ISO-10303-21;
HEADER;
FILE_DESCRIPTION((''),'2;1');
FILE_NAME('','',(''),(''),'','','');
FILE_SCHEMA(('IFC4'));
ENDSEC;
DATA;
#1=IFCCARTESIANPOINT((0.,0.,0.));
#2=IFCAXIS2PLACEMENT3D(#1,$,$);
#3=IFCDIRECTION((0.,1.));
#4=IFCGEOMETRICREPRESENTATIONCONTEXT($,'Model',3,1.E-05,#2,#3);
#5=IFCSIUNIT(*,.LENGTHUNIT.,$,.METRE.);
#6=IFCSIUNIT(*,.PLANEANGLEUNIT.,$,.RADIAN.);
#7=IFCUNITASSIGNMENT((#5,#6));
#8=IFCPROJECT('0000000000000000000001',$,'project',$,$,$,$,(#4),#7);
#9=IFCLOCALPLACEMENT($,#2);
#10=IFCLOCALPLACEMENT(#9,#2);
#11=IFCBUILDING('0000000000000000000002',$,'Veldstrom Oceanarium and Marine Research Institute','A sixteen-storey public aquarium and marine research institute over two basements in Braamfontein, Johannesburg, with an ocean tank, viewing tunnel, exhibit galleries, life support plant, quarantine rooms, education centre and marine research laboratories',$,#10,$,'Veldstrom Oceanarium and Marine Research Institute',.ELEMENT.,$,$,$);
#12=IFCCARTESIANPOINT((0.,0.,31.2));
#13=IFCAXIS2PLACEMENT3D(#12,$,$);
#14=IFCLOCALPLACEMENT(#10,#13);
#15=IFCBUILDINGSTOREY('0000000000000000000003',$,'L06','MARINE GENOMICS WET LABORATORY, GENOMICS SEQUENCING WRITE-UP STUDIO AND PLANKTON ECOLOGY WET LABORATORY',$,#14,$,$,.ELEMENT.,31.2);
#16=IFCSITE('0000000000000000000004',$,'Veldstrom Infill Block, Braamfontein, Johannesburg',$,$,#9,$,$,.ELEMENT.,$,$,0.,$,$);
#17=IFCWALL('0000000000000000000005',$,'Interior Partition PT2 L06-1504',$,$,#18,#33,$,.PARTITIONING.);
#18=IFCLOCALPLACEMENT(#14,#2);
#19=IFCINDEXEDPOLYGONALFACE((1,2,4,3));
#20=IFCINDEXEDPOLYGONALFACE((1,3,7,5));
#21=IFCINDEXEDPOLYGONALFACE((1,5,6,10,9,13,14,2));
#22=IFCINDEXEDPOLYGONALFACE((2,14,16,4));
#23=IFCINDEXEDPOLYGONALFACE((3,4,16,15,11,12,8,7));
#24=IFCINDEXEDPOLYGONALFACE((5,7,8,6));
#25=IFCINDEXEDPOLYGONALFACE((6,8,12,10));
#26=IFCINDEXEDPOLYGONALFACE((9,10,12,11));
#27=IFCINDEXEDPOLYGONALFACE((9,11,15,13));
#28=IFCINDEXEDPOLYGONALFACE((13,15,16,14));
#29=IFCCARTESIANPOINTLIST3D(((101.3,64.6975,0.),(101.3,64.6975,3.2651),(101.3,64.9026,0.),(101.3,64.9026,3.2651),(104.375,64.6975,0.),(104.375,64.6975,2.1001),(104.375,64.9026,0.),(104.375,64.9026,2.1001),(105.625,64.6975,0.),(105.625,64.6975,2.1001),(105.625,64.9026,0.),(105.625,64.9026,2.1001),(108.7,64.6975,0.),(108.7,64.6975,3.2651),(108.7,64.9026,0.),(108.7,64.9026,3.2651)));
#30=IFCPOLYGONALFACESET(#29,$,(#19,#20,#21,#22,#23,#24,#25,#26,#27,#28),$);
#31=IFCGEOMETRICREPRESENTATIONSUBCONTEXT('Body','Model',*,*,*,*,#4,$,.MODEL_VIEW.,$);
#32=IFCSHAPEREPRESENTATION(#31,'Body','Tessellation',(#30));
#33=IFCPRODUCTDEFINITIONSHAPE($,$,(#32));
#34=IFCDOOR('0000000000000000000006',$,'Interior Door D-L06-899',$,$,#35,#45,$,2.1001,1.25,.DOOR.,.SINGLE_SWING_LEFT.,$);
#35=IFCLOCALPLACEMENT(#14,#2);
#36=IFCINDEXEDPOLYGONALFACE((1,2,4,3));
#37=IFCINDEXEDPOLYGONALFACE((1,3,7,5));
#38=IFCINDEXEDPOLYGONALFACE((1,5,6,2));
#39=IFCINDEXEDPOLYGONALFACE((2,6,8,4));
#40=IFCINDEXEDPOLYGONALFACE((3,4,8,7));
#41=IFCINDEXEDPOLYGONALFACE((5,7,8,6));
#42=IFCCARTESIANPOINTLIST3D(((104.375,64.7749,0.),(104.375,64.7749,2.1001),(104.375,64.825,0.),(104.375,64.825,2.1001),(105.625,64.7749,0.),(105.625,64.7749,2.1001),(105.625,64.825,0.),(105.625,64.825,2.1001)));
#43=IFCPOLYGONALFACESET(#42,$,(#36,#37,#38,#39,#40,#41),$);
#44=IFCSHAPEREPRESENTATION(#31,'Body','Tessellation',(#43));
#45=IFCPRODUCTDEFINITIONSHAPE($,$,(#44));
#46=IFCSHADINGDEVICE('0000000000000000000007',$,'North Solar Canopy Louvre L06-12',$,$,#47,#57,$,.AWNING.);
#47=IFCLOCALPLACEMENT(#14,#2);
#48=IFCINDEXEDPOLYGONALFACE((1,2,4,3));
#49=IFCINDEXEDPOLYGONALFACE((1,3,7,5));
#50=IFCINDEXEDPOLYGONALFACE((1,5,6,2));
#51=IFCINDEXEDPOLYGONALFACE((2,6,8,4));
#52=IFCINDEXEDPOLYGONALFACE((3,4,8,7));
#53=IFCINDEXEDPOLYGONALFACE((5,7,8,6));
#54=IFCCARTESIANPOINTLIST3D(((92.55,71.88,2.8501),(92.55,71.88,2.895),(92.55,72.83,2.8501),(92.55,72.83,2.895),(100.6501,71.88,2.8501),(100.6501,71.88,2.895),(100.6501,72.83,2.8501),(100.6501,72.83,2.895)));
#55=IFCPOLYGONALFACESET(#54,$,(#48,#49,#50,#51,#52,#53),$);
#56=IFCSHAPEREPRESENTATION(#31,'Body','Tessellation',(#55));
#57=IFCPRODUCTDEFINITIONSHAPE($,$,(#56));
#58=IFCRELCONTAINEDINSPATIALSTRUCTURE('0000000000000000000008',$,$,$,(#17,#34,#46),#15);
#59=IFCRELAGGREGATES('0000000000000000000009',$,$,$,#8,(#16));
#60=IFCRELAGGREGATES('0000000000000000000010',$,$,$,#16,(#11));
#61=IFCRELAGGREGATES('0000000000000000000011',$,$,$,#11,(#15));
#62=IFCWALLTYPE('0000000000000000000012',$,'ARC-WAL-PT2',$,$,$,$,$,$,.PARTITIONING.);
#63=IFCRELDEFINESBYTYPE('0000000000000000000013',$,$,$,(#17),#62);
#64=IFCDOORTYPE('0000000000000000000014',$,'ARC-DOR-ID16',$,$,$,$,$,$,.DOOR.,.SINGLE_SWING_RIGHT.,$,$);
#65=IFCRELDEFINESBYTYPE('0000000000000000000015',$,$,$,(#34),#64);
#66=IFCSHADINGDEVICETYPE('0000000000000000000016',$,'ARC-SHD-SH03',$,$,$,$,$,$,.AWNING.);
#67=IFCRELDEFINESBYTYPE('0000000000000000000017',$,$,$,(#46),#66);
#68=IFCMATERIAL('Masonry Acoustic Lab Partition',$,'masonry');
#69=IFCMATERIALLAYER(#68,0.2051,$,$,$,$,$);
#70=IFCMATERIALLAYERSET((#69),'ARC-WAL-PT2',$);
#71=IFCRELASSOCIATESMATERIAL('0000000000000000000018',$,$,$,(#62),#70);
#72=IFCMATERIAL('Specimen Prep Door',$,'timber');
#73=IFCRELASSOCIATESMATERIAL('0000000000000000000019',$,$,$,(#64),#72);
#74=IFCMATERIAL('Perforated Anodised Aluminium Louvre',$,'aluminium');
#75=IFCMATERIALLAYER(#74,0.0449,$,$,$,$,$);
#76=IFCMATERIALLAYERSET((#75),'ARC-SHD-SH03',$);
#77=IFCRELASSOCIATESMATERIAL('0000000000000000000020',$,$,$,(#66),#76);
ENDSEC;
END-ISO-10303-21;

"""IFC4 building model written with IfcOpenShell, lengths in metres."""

from ifc_helpers import new_model, si_unit, direction, frame, frame_2d, origin, origin_2d, place, context, subcontext, project, spatial, rectangle, extrude, material, layer, layer_set, type_object, element, fill, save


model = new_model("IFC4")

# Units and contexts
model_context = context("Model", 3, precision=1e-05, world=origin(), true_north=direction((0.0, 1.0)))
body_context = subcontext(model_context, "Body", "Model", "MODEL_VIEW")
ifc_project = project(units=[si_unit("LENGTHUNIT", "METRE"), si_unit("PLANEANGLEUNIT", "RADIAN")], contexts=[model_context])

# Site, building, storey
site_placement = place(None, origin())
site = spatial("IfcSite", under=ifc_project, at=site_placement, Name="Veldstrom Infill Block, Braamfontein, Johannesburg", CompositionType="ELEMENT", RefElevation=0.0)
building_placement = place(site_placement, origin())
building = spatial("IfcBuilding", under=site, at=building_placement, Name="Veldstrom Oceanarium and Marine Research Institute", Description="A sixteen-storey public aquarium and marine research institute over two basements in Braamfontein, Johannesburg, with an ocean tank, viewing tunnel, exhibit galleries, life support plant, quarantine rooms, education centre and marine research laboratories", LongName="Veldstrom Oceanarium and Marine Research Institute", CompositionType="ELEMENT")
storey_placement = place(building_placement, frame((0.0, 0.0, 31.2)))
storey = spatial("IfcBuildingStorey", under=building, at=storey_placement, Name="L06", Description="MARINE GENOMICS WET LABORATORY, GENOMICS SEQUENCING WRITE-UP STUDIO AND PLANKTON ECOLOGY WET LABORATORY", CompositionType="ELEMENT", Elevation=31.2)

# Wall, opening, door
ifc_material_1 = material(Name="Masonry Acoustic Lab Partition", Category="masonry")
ifc_layer_1 = layer(ifc_material_1, 0.2051)
ifc_layer_set_1 = layer_set([ifc_layer_1], Name="ARC-WAL-PT2")
wall_type = type_object("IfcWallType", Name="ARC-WAL-PT2", PredefinedType="PARTITIONING", material=ifc_layer_set_1)
wall_1_placement = place(storey_placement, frame((101.3, 64.8, 0.0), z_axis=(0.0, 0.0, 1.0), x_axis=(1.0, 0.0, 0.0)))
wall_1 = element("IfcWall", 1, at=wall_1_placement, inside=storey, type_object=wall_type, Name="Interior Partition PT2 L06-1504", PredefinedType="PARTITIONING", context=body_context, shape_type="SweptSolid", body=[
    extrude(rectangle(XDim=7.3999, YDim=0.2051, at=frame_2d((3.7, 0.0))), origin(), (0.0, 0.0, 1.0), 3.2651),
])
opening_1_placement = place(wall_1_placement, frame((3.075, 0.0, 0.0)))
opening_1 = element("IfcOpeningElement", 2, at=opening_1_placement, cuts=wall_1, PredefinedType="OPENING", context=body_context, shape_type="SweptSolid", body=[
    extrude(rectangle(XDim=1.25, YDim=2.1001, at=frame_2d((0.625, 1.05))), frame((0.0, 0.1125, 0.0), z_axis=(0.0, -1.0, 0.0), x_axis=(1.0, 0.0, 0.0)), (0.0, 0.0, 1.0), 0.2251),
])
ifc_material_2 = material(Name="Specimen Prep Door", Category="timber")
door_type_1 = type_object("IfcDoorType", Name="ARC-DOR-ID16", OperationType="SINGLE_SWING_RIGHT", PredefinedType="DOOR", material=ifc_material_2)
door_1_placement = place(opening_1_placement, origin())
door_1 = element("IfcDoor", 3, at=door_1_placement, inside=storey, type_object=door_type_1, Name="Interior Door D-L06-899", OperationType="SINGLE_SWING_LEFT", OverallHeight=2.1001, OverallWidth=1.25, PredefinedType="DOOR", context=body_context, shape_type="SweptSolid", body=[
    extrude(rectangle(XDim=1.25, YDim=2.1001, at=frame_2d((0.625, 1.05))), frame((0.0, 0.0249, 0.0), z_axis=(0.0, -1.0, 0.0), x_axis=(1.0, 0.0, 0.0)), (0.0, 0.0, 1.0), 0.05),
])
fill(opening_1, door_1)

# Shading device
ifc_material_3 = material(Name="Perforated Anodised Aluminium Louvre", Category="aluminium")
ifc_layer_2 = layer(ifc_material_3, 0.0449)
ifc_layer_set_2 = layer_set([ifc_layer_2], Name="ARC-SHD-SH03")
shading_device_type = type_object("IfcShadingDeviceType", Name="ARC-SHD-SH03", PredefinedType="AWNING", material=ifc_layer_set_2)
shading_device_placement = place(storey_placement, frame((96.6001, 72.355, 2.8501), z_axis=(0.0, 0.0, 1.0), x_axis=(1.0, 0.0, 0.0)))
element("IfcShadingDevice", 4, at=shading_device_placement, inside=storey, type_object=shading_device_type, Name="North Solar Canopy Louvre L06-12", PredefinedType="AWNING", context=body_context, shape_type="SweptSolid", body=[
    extrude(rectangle(XDim=8.1001, YDim=0.95, at=origin_2d()), origin(), (0.0, 0.0, 1.0), 0.0449),
])

save(model, "model.ifc")
